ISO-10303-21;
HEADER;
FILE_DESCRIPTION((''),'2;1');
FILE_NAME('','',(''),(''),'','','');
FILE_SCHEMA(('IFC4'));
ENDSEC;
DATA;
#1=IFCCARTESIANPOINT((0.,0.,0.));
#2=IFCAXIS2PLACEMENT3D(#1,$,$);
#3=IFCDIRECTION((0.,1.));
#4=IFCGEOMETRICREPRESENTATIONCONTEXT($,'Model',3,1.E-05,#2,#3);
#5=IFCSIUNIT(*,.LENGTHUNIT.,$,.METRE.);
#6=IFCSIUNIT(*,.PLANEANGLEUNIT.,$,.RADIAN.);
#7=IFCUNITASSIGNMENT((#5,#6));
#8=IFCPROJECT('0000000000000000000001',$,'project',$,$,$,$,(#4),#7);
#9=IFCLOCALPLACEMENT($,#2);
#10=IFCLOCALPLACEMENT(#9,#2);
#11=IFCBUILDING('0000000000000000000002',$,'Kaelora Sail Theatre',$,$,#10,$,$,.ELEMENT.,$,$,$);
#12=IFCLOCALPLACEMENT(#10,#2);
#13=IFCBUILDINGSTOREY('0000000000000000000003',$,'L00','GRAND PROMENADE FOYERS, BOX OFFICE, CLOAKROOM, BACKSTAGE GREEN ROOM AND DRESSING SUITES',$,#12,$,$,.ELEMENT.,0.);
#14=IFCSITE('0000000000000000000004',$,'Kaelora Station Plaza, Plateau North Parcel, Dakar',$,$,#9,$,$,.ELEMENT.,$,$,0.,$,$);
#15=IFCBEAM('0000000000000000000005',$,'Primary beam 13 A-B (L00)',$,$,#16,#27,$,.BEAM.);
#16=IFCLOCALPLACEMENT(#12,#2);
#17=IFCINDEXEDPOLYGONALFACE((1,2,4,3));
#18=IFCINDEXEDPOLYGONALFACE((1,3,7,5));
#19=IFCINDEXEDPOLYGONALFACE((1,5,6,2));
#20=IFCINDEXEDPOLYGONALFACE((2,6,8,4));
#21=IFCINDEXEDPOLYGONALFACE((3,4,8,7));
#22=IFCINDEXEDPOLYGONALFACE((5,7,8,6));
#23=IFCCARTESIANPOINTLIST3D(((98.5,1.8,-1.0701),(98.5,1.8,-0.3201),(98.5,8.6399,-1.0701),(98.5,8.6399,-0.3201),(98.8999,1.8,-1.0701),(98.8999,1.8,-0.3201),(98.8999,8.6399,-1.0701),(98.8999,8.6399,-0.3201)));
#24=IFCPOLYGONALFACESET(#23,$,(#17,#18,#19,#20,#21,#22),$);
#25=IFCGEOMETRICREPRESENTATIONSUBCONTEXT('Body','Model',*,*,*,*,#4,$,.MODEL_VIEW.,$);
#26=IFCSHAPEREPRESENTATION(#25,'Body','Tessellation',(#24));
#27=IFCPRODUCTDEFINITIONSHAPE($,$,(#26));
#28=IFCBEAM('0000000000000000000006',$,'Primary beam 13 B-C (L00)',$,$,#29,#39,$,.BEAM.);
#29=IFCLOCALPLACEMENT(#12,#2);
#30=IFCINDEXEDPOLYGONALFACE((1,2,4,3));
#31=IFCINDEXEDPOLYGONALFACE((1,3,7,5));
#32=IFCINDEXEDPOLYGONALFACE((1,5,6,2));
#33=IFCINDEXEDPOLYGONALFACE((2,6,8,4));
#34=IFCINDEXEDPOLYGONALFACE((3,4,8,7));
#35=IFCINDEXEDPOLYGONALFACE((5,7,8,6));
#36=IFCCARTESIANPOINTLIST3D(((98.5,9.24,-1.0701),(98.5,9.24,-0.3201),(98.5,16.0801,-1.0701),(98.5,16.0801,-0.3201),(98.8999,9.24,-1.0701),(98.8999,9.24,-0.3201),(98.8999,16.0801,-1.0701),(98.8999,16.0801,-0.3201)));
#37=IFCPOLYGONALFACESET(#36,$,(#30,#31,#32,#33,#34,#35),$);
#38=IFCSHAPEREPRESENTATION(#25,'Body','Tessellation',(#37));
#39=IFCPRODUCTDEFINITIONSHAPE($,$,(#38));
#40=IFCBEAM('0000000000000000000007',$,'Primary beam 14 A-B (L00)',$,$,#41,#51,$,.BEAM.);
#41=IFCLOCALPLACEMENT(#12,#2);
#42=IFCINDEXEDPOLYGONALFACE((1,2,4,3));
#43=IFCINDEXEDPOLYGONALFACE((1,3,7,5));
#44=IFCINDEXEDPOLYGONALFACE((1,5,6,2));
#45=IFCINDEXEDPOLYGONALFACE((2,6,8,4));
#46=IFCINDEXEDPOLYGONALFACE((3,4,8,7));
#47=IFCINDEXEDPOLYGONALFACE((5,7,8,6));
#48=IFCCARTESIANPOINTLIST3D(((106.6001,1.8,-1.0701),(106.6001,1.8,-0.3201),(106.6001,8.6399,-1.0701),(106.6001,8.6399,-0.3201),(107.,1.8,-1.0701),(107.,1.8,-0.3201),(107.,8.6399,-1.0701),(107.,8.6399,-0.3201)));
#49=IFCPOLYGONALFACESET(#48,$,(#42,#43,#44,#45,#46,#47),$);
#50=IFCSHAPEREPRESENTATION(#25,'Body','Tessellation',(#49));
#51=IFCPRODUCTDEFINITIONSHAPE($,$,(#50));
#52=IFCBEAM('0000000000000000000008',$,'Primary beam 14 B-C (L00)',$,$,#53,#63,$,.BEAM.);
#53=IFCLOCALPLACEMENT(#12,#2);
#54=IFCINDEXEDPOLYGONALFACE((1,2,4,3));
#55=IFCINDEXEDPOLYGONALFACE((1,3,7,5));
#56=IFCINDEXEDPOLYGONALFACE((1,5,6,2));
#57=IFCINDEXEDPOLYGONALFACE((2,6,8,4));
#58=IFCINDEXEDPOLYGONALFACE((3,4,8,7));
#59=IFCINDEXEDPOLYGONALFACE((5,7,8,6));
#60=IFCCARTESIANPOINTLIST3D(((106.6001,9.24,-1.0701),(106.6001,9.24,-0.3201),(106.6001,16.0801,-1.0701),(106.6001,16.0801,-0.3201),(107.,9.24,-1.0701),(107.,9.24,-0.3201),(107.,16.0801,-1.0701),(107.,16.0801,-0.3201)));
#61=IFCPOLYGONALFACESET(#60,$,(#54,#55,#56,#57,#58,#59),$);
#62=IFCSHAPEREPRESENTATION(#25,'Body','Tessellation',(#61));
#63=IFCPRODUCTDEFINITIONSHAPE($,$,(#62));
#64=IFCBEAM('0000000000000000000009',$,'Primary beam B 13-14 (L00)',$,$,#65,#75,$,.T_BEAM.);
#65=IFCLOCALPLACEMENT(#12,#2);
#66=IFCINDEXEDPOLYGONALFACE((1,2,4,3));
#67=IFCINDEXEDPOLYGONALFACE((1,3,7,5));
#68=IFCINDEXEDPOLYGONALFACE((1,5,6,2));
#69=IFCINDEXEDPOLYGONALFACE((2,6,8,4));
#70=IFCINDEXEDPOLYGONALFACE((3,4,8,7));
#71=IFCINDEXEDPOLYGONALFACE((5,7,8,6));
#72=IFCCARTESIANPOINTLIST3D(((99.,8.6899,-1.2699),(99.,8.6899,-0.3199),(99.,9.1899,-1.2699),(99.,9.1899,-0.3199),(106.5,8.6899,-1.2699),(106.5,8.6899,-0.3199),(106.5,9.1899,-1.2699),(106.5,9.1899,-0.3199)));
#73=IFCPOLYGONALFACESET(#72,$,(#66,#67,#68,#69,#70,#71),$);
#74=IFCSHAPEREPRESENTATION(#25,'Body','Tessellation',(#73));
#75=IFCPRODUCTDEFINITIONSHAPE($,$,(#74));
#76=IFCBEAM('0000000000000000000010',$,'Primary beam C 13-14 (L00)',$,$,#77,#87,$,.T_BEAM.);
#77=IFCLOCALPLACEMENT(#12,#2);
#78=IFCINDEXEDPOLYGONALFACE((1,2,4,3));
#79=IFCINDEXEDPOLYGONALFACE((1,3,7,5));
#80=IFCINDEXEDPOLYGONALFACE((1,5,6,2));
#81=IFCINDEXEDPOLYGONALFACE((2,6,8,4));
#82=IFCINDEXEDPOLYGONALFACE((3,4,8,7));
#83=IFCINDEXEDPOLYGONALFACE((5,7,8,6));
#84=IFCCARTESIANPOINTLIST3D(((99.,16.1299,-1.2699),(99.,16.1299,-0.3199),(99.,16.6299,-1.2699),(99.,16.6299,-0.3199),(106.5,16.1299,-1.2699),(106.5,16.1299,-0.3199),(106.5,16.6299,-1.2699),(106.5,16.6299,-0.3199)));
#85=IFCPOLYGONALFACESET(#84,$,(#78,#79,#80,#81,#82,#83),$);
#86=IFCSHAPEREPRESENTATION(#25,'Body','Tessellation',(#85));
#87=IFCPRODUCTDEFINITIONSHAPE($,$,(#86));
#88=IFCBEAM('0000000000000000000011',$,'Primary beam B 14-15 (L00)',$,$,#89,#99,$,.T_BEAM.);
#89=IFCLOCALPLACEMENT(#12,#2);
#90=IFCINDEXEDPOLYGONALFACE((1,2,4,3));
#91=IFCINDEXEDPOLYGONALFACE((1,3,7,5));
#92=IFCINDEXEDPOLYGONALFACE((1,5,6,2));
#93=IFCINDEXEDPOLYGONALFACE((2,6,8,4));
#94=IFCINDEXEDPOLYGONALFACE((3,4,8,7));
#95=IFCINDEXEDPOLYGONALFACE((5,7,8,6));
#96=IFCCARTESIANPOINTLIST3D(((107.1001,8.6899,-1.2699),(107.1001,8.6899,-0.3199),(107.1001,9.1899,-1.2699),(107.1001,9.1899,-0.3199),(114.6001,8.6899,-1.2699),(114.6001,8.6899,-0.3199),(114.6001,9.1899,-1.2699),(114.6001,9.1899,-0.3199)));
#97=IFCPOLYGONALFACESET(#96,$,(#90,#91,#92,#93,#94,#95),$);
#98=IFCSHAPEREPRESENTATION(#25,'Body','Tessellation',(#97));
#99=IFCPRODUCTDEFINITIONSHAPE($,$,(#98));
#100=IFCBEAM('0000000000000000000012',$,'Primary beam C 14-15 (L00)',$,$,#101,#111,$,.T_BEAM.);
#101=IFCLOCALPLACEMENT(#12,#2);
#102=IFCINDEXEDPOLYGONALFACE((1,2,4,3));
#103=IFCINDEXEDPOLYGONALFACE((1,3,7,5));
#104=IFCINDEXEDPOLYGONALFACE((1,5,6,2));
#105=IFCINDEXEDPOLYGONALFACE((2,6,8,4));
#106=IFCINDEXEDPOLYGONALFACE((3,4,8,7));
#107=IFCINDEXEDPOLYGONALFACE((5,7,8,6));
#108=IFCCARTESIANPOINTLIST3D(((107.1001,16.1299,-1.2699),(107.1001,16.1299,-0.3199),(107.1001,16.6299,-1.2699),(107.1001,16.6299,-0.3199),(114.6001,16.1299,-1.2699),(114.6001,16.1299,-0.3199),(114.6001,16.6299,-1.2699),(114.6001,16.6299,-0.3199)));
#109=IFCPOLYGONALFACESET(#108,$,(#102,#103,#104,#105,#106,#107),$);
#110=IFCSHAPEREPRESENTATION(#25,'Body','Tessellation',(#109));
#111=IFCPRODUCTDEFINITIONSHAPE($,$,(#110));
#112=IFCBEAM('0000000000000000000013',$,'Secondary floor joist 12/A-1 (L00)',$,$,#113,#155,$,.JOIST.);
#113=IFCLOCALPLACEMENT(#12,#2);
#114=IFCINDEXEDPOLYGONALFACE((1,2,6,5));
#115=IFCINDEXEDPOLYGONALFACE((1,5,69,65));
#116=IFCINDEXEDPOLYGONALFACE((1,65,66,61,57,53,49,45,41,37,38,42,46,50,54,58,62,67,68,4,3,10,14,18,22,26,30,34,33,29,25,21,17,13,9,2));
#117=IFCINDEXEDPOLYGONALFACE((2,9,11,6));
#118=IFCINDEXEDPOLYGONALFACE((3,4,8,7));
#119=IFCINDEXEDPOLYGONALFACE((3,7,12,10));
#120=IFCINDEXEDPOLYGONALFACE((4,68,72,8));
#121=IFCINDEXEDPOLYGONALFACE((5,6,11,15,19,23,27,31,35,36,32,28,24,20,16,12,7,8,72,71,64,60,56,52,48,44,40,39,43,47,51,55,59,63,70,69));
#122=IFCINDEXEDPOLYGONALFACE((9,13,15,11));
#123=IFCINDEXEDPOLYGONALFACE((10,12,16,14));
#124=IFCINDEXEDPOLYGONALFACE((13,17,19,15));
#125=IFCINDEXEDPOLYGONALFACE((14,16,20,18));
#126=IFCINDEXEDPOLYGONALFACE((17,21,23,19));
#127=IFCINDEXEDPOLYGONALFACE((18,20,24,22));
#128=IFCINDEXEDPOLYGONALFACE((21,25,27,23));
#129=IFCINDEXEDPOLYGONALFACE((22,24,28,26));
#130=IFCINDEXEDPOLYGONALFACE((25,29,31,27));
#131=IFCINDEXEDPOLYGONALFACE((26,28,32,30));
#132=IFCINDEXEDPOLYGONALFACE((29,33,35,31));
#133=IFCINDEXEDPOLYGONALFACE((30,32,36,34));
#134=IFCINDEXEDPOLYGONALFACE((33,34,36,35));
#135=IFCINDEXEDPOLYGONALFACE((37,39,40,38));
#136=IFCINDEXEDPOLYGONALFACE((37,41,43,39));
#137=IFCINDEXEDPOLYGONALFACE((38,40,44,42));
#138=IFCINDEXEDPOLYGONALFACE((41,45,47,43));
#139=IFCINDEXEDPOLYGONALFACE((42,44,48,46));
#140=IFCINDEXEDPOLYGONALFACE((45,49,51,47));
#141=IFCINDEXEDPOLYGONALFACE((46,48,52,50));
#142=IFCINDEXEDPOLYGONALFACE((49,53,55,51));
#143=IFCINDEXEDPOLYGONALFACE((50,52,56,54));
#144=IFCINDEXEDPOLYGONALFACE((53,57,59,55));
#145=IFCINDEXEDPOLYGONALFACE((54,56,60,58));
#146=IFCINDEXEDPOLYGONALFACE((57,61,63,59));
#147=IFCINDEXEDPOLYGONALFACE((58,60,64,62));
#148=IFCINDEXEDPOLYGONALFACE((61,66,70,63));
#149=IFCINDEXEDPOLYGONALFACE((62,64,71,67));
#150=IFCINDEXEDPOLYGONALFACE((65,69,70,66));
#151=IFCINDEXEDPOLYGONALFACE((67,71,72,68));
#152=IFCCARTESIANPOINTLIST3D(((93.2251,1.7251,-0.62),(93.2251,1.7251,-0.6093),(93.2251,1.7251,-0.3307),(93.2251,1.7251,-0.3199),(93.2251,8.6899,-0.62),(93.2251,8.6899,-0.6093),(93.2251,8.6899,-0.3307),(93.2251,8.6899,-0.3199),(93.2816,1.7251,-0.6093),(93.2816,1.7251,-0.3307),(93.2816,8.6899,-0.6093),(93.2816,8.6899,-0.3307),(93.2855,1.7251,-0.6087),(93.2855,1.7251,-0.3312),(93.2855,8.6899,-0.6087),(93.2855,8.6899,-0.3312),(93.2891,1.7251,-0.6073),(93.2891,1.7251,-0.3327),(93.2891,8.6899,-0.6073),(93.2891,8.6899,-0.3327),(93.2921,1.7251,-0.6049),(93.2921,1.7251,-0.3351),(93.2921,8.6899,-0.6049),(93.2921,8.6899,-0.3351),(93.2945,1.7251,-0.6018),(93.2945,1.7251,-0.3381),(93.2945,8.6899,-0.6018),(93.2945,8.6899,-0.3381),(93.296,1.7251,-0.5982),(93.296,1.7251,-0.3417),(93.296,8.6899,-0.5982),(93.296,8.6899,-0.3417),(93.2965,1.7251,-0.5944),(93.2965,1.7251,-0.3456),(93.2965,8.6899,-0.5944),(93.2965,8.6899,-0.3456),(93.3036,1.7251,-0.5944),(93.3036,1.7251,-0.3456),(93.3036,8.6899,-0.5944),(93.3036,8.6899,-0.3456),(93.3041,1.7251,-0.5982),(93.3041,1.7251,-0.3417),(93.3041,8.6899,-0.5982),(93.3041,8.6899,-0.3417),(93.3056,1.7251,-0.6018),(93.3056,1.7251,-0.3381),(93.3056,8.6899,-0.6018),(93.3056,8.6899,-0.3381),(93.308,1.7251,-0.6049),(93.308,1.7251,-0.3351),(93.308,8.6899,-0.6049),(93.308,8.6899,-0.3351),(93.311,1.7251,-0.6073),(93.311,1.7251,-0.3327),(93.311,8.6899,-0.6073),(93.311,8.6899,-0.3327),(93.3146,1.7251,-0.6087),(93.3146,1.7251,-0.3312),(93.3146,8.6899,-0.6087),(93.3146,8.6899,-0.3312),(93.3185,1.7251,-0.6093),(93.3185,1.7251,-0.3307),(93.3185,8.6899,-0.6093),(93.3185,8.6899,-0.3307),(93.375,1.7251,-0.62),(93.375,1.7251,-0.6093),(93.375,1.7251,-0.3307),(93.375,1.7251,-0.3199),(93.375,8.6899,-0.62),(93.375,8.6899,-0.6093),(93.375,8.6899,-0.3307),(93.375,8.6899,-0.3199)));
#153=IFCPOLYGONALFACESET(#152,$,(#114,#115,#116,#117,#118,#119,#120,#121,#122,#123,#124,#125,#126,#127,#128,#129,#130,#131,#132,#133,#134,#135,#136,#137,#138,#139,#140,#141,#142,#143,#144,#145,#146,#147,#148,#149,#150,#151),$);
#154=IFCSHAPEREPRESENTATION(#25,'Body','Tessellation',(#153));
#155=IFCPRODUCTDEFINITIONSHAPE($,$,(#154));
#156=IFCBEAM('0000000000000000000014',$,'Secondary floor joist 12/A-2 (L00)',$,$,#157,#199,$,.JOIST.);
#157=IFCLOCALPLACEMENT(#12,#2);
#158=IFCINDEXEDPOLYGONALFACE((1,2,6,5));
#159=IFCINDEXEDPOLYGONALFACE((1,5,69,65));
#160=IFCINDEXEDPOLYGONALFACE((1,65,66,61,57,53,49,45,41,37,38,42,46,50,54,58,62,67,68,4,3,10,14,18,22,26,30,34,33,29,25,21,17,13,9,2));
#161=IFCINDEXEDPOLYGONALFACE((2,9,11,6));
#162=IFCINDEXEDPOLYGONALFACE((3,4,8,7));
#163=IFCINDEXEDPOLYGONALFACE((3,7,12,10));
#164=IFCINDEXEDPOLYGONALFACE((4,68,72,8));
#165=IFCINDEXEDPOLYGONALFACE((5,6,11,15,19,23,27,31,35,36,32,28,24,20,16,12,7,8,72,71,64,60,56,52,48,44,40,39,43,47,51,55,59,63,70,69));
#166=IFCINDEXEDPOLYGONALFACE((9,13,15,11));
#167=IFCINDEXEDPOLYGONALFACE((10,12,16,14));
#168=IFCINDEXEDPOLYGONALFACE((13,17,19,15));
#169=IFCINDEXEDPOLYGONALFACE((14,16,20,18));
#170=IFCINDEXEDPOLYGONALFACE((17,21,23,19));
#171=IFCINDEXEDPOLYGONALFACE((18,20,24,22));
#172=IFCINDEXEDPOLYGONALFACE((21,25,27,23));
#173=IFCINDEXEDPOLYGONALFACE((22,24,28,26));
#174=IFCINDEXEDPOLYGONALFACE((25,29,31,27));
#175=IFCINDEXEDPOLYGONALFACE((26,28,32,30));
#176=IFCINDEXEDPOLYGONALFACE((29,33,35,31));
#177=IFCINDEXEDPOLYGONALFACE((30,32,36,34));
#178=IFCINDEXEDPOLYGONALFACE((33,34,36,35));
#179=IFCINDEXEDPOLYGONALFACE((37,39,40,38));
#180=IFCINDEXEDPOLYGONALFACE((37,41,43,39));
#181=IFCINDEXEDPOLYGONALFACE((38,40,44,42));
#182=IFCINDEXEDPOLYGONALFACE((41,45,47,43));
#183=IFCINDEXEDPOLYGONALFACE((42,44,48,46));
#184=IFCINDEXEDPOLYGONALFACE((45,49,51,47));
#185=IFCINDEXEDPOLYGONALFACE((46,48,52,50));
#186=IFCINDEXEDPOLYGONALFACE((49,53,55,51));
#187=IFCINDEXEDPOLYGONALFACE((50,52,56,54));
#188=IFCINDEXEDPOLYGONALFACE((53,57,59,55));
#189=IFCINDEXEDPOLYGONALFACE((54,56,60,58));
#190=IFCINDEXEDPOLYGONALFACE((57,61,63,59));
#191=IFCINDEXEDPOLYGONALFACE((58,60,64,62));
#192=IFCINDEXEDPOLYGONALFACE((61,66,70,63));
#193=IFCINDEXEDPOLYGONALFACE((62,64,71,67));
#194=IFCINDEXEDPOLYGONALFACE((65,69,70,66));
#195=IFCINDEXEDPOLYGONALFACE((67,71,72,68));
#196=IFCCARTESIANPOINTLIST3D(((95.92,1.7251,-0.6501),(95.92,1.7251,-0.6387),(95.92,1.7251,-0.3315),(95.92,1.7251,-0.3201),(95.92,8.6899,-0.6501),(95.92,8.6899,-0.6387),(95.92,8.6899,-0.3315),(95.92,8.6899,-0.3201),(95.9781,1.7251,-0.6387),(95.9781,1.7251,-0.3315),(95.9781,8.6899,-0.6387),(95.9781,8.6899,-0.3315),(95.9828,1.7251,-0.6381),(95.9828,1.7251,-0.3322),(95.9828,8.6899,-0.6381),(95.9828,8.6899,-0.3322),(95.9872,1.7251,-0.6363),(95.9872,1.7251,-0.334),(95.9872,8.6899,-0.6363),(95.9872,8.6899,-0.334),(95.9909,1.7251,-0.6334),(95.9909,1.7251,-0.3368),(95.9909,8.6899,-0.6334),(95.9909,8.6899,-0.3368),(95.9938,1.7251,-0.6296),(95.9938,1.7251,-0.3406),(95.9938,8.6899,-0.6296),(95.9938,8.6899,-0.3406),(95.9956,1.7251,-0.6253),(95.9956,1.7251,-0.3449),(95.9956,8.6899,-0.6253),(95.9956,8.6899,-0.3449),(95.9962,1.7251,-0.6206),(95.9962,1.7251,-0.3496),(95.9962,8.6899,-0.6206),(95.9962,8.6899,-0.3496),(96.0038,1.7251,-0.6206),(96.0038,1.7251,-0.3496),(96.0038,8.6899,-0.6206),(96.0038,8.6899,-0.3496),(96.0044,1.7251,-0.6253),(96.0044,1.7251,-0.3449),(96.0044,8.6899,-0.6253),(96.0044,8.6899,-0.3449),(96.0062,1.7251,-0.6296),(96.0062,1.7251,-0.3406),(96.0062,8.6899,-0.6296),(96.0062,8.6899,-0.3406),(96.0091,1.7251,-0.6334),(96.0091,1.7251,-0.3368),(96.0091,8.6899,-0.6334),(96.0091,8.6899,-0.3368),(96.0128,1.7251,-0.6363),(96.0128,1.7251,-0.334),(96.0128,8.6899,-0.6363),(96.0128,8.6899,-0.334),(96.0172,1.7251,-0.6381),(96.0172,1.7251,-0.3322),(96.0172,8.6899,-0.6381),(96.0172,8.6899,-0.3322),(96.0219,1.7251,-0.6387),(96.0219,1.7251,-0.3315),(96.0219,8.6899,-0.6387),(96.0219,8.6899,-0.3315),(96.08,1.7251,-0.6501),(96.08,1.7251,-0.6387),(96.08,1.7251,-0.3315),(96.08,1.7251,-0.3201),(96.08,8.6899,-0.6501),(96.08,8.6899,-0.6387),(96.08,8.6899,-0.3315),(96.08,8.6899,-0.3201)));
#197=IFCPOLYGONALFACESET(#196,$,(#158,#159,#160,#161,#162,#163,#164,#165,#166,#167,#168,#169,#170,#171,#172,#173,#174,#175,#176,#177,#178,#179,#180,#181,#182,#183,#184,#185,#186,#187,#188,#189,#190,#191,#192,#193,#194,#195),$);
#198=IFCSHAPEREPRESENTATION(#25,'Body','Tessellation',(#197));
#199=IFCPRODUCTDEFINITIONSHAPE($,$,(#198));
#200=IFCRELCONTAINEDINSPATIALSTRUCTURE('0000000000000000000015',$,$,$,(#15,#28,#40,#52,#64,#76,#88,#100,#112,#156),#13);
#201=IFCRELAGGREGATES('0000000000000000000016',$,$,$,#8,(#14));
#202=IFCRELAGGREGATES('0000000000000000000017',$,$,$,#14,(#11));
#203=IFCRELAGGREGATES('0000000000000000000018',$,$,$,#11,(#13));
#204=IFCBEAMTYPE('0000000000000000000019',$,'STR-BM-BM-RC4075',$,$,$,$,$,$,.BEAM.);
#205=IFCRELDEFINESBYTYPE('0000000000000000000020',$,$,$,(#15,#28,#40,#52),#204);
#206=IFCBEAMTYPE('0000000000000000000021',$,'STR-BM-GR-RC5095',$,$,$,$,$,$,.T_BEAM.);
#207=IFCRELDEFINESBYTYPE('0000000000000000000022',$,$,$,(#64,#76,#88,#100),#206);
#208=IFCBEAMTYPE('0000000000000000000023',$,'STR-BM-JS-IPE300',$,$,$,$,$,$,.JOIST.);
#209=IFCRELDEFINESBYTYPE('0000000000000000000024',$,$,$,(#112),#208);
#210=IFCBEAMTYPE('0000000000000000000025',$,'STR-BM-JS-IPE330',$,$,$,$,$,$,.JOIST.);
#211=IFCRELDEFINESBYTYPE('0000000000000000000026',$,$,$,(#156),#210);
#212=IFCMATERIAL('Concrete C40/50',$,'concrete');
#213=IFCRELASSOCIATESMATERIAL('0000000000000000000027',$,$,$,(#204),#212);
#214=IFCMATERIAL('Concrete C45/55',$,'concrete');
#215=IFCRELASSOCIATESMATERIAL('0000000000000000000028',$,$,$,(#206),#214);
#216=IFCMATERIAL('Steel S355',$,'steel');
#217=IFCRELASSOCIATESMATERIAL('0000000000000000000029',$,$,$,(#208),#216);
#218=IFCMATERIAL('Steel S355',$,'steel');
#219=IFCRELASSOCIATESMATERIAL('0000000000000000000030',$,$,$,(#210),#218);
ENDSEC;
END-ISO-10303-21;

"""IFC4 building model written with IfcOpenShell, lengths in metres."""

from ifc_helpers import new_model, si_unit, direction, frame, origin, origin_2d, place, context, subcontext, project, spatial, rectangle, i_section, extrude, material, material_profile, profile_set, type_object, element, save


model = new_model("IFC4")

# Units and contexts
model_context = context("Model", 3, precision=1e-05, world=origin(), true_north=direction((0.0, 1.0)))
body_context = subcontext(model_context, "Body", "Model", "MODEL_VIEW")
ifc_project = project(units=[si_unit("LENGTHUNIT", "METRE"), si_unit("PLANEANGLEUNIT", "RADIAN")], contexts=[model_context])

# Site, building, storey
site_placement = place(None, origin())
site = spatial("IfcSite", under=ifc_project, at=site_placement, Name="Kaelora Station Plaza, Plateau North Parcel, Dakar", CompositionType="ELEMENT", RefElevation=0.0)
building_placement = place(site_placement, origin())
building = spatial("IfcBuilding", under=site, at=building_placement, Name="Kaelora Sail Theatre", CompositionType="ELEMENT")
storey_placement = place(building_placement, origin())
storey = spatial("IfcBuildingStorey", under=building, at=storey_placement, Name="L00", Description="GRAND PROMENADE FOYERS, BOX OFFICE, CLOAKROOM, BACKSTAGE GREEN ROOM AND DRESSING SUITES", CompositionType="ELEMENT", Elevation=0.0)

# Beams
ifc_material_1 = material(Name="Concrete C40/50", Category="concrete")
ifc_material_profile_1 = material_profile(ifc_material_1, rectangle(XDim=0.3999, YDim=0.75, at=origin_2d()), Name="RC-BM 400x750")
ifc_profile_set_1 = profile_set([ifc_material_profile_1], Name="Concrete C40/50")
beam_type_1 = type_object("IfcBeamType", Name="STR-BM-BM-RC4075", PredefinedType="BEAM", material=ifc_profile_set_1)
beam_1_placement = place(storey_placement, frame((98.7, 1.8, -0.6951), z_axis=(0.0, 1.0, 0.0), x_axis=(-1.0, 0.0, 0.0)))
element("IfcBeam", 1, at=beam_1_placement, inside=storey, type_object=beam_type_1, Name="Primary beam 13 A-B (L00)", PredefinedType="BEAM", context=body_context, shape_type="SweptSolid", body=[
    extrude(rectangle(XDim=0.3999, YDim=0.75, at=origin_2d()), origin(), (0.0, 0.0, 1.0), 6.8398),
])
beam_2_placement = place(storey_placement, frame((98.7, 9.24, -0.6951), z_axis=(0.0, 1.0, 0.0), x_axis=(-1.0, 0.0, 0.0)))
element("IfcBeam", 2, at=beam_2_placement, inside=storey, type_object=beam_type_1, Name="Primary beam 13 B-C (L00)", PredefinedType="BEAM", context=body_context, shape_type="SweptSolid", body=[
    extrude(rectangle(XDim=0.3999, YDim=0.75, at=origin_2d()), origin(), (0.0, 0.0, 1.0), 6.8401),
])
beam_3_placement = place(storey_placement, frame((106.8, 1.8, -0.6951), z_axis=(0.0, 1.0, 0.0), x_axis=(-1.0, 0.0, 0.0)))
element("IfcBeam", 3, at=beam_3_placement, inside=storey, type_object=beam_type_1, Name="Primary beam 14 A-B (L00)", PredefinedType="BEAM", context=body_context, shape_type="SweptSolid", body=[
    extrude(rectangle(XDim=0.3999, YDim=0.75, at=origin_2d()), origin(), (0.0, 0.0, 1.0), 6.8398),
])
beam_4_placement = place(storey_placement, frame((106.8, 9.24, -0.6951), z_axis=(0.0, 1.0, 0.0), x_axis=(-1.0, 0.0, 0.0)))
element("IfcBeam", 4, at=beam_4_placement, inside=storey, type_object=beam_type_1, Name="Primary beam 14 B-C (L00)", PredefinedType="BEAM", context=body_context, shape_type="SweptSolid", body=[
    extrude(rectangle(XDim=0.3999, YDim=0.75, at=origin_2d()), origin(), (0.0, 0.0, 1.0), 6.8401),
])
ifc_material_2 = material(Name="Concrete C45/55", Category="concrete")
ifc_material_profile_2 = material_profile(ifc_material_2, rectangle(XDim=0.5, YDim=0.95, at=origin_2d()), Name="RC-GRD 500x950")
ifc_profile_set_2 = profile_set([ifc_material_profile_2], Name="Concrete C45/55")
beam_type_2 = type_object("IfcBeamType", Name="STR-BM-GR-RC5095", PredefinedType="T_BEAM", material=ifc_profile_set_2)
for number, where, z_axis, x_axis, name in (
    (5, (99.0, 8.9399, -0.7949), (1.0, 0.0, 0.0), (0.0, 1.0, 0.0), "Primary beam B 13-14 (L00)"),
    (6, (99.0, 16.3799, -0.7949), (1.0, 0.0, 0.0), (0.0, 1.0, 0.0), "Primary beam C 13-14 (L00)"),
    (7, (107.1001, 8.9399, -0.7949), (1.0, 0.0, 0.0), (0.0, 1.0, 0.0), "Primary beam B 14-15 (L00)"),
    (8, (107.1001, 16.3799, -0.7949), (1.0, 0.0, 0.0), (0.0, 1.0, 0.0), "Primary beam C 14-15 (L00)"),
):
    element("IfcBeam", number, at=place(storey_placement, frame(where, z_axis=z_axis, x_axis=x_axis)), inside=storey, type_object=beam_type_2, Name=name, PredefinedType="T_BEAM", context=body_context, shape_type="SweptSolid", body=[
        extrude(rectangle(XDim=0.5, YDim=0.95, at=origin_2d()), origin(), (0.0, 0.0, 1.0), 7.5),
    ])
ifc_material_3 = material(Name="Steel S355", Category="steel")
ifc_material_profile_3 = material_profile(ifc_material_3, i_section(OverallWidth=0.1499, OverallDepth=0.3, WebThickness=0.0071, FlangeThickness=0.0107, FilletRadius=0.0149, at=origin_2d()), Name="IPE 300")
ifc_profile_set_3 = profile_set([ifc_material_profile_3], Name="Steel S355")
beam_type_3 = type_object("IfcBeamType", Name="STR-BM-JS-IPE300", PredefinedType="JOIST", material=ifc_profile_set_3)
beam_5_placement = place(storey_placement, frame((93.3, 1.7251, -0.47), z_axis=(0.0, 1.0, 0.0), x_axis=(-1.0, 0.0, 0.0)))
element("IfcBeam", 9, at=beam_5_placement, inside=storey, type_object=beam_type_3, Name="Secondary floor joist 12/A-1 (L00)", PredefinedType="JOIST", context=body_context, shape_type="SweptSolid", body=[
    extrude(i_section(OverallWidth=0.1499, OverallDepth=0.3, WebThickness=0.0071, FlangeThickness=0.0107, FilletRadius=0.0149, at=origin_2d()), origin(), (0.0, 0.0, 1.0), 6.9648),
])
ifc_material_4 = material(Name="Steel S355", Category="steel")
ifc_material_profile_4 = material_profile(ifc_material_4, i_section(OverallWidth=0.1599, OverallDepth=0.3301, WebThickness=0.0076, FlangeThickness=0.0115, FilletRadius=0.0181, at=origin_2d()), Name="IPE 330")
ifc_profile_set_4 = profile_set([ifc_material_profile_4], Name="Steel S355")
beam_type_4 = type_object("IfcBeamType", Name="STR-BM-JS-IPE330", PredefinedType="JOIST", material=ifc_profile_set_4)
beam_6_placement = place(storey_placement, frame((96.0, 1.7251, -0.4851), z_axis=(0.0, 1.0, 0.0), x_axis=(-1.0, 0.0, 0.0)))
element("IfcBeam", 10, at=beam_6_placement, inside=storey, type_object=beam_type_4, Name="Secondary floor joist 12/A-2 (L00)", PredefinedType="JOIST", context=body_context, shape_type="SweptSolid", body=[
    extrude(i_section(OverallWidth=0.1599, OverallDepth=0.3301, WebThickness=0.0076, FlangeThickness=0.0115, FilletRadius=0.0181, at=origin_2d()), origin(), (0.0, 0.0, 1.0), 6.9648),
])

save(model, "model.ifc")
